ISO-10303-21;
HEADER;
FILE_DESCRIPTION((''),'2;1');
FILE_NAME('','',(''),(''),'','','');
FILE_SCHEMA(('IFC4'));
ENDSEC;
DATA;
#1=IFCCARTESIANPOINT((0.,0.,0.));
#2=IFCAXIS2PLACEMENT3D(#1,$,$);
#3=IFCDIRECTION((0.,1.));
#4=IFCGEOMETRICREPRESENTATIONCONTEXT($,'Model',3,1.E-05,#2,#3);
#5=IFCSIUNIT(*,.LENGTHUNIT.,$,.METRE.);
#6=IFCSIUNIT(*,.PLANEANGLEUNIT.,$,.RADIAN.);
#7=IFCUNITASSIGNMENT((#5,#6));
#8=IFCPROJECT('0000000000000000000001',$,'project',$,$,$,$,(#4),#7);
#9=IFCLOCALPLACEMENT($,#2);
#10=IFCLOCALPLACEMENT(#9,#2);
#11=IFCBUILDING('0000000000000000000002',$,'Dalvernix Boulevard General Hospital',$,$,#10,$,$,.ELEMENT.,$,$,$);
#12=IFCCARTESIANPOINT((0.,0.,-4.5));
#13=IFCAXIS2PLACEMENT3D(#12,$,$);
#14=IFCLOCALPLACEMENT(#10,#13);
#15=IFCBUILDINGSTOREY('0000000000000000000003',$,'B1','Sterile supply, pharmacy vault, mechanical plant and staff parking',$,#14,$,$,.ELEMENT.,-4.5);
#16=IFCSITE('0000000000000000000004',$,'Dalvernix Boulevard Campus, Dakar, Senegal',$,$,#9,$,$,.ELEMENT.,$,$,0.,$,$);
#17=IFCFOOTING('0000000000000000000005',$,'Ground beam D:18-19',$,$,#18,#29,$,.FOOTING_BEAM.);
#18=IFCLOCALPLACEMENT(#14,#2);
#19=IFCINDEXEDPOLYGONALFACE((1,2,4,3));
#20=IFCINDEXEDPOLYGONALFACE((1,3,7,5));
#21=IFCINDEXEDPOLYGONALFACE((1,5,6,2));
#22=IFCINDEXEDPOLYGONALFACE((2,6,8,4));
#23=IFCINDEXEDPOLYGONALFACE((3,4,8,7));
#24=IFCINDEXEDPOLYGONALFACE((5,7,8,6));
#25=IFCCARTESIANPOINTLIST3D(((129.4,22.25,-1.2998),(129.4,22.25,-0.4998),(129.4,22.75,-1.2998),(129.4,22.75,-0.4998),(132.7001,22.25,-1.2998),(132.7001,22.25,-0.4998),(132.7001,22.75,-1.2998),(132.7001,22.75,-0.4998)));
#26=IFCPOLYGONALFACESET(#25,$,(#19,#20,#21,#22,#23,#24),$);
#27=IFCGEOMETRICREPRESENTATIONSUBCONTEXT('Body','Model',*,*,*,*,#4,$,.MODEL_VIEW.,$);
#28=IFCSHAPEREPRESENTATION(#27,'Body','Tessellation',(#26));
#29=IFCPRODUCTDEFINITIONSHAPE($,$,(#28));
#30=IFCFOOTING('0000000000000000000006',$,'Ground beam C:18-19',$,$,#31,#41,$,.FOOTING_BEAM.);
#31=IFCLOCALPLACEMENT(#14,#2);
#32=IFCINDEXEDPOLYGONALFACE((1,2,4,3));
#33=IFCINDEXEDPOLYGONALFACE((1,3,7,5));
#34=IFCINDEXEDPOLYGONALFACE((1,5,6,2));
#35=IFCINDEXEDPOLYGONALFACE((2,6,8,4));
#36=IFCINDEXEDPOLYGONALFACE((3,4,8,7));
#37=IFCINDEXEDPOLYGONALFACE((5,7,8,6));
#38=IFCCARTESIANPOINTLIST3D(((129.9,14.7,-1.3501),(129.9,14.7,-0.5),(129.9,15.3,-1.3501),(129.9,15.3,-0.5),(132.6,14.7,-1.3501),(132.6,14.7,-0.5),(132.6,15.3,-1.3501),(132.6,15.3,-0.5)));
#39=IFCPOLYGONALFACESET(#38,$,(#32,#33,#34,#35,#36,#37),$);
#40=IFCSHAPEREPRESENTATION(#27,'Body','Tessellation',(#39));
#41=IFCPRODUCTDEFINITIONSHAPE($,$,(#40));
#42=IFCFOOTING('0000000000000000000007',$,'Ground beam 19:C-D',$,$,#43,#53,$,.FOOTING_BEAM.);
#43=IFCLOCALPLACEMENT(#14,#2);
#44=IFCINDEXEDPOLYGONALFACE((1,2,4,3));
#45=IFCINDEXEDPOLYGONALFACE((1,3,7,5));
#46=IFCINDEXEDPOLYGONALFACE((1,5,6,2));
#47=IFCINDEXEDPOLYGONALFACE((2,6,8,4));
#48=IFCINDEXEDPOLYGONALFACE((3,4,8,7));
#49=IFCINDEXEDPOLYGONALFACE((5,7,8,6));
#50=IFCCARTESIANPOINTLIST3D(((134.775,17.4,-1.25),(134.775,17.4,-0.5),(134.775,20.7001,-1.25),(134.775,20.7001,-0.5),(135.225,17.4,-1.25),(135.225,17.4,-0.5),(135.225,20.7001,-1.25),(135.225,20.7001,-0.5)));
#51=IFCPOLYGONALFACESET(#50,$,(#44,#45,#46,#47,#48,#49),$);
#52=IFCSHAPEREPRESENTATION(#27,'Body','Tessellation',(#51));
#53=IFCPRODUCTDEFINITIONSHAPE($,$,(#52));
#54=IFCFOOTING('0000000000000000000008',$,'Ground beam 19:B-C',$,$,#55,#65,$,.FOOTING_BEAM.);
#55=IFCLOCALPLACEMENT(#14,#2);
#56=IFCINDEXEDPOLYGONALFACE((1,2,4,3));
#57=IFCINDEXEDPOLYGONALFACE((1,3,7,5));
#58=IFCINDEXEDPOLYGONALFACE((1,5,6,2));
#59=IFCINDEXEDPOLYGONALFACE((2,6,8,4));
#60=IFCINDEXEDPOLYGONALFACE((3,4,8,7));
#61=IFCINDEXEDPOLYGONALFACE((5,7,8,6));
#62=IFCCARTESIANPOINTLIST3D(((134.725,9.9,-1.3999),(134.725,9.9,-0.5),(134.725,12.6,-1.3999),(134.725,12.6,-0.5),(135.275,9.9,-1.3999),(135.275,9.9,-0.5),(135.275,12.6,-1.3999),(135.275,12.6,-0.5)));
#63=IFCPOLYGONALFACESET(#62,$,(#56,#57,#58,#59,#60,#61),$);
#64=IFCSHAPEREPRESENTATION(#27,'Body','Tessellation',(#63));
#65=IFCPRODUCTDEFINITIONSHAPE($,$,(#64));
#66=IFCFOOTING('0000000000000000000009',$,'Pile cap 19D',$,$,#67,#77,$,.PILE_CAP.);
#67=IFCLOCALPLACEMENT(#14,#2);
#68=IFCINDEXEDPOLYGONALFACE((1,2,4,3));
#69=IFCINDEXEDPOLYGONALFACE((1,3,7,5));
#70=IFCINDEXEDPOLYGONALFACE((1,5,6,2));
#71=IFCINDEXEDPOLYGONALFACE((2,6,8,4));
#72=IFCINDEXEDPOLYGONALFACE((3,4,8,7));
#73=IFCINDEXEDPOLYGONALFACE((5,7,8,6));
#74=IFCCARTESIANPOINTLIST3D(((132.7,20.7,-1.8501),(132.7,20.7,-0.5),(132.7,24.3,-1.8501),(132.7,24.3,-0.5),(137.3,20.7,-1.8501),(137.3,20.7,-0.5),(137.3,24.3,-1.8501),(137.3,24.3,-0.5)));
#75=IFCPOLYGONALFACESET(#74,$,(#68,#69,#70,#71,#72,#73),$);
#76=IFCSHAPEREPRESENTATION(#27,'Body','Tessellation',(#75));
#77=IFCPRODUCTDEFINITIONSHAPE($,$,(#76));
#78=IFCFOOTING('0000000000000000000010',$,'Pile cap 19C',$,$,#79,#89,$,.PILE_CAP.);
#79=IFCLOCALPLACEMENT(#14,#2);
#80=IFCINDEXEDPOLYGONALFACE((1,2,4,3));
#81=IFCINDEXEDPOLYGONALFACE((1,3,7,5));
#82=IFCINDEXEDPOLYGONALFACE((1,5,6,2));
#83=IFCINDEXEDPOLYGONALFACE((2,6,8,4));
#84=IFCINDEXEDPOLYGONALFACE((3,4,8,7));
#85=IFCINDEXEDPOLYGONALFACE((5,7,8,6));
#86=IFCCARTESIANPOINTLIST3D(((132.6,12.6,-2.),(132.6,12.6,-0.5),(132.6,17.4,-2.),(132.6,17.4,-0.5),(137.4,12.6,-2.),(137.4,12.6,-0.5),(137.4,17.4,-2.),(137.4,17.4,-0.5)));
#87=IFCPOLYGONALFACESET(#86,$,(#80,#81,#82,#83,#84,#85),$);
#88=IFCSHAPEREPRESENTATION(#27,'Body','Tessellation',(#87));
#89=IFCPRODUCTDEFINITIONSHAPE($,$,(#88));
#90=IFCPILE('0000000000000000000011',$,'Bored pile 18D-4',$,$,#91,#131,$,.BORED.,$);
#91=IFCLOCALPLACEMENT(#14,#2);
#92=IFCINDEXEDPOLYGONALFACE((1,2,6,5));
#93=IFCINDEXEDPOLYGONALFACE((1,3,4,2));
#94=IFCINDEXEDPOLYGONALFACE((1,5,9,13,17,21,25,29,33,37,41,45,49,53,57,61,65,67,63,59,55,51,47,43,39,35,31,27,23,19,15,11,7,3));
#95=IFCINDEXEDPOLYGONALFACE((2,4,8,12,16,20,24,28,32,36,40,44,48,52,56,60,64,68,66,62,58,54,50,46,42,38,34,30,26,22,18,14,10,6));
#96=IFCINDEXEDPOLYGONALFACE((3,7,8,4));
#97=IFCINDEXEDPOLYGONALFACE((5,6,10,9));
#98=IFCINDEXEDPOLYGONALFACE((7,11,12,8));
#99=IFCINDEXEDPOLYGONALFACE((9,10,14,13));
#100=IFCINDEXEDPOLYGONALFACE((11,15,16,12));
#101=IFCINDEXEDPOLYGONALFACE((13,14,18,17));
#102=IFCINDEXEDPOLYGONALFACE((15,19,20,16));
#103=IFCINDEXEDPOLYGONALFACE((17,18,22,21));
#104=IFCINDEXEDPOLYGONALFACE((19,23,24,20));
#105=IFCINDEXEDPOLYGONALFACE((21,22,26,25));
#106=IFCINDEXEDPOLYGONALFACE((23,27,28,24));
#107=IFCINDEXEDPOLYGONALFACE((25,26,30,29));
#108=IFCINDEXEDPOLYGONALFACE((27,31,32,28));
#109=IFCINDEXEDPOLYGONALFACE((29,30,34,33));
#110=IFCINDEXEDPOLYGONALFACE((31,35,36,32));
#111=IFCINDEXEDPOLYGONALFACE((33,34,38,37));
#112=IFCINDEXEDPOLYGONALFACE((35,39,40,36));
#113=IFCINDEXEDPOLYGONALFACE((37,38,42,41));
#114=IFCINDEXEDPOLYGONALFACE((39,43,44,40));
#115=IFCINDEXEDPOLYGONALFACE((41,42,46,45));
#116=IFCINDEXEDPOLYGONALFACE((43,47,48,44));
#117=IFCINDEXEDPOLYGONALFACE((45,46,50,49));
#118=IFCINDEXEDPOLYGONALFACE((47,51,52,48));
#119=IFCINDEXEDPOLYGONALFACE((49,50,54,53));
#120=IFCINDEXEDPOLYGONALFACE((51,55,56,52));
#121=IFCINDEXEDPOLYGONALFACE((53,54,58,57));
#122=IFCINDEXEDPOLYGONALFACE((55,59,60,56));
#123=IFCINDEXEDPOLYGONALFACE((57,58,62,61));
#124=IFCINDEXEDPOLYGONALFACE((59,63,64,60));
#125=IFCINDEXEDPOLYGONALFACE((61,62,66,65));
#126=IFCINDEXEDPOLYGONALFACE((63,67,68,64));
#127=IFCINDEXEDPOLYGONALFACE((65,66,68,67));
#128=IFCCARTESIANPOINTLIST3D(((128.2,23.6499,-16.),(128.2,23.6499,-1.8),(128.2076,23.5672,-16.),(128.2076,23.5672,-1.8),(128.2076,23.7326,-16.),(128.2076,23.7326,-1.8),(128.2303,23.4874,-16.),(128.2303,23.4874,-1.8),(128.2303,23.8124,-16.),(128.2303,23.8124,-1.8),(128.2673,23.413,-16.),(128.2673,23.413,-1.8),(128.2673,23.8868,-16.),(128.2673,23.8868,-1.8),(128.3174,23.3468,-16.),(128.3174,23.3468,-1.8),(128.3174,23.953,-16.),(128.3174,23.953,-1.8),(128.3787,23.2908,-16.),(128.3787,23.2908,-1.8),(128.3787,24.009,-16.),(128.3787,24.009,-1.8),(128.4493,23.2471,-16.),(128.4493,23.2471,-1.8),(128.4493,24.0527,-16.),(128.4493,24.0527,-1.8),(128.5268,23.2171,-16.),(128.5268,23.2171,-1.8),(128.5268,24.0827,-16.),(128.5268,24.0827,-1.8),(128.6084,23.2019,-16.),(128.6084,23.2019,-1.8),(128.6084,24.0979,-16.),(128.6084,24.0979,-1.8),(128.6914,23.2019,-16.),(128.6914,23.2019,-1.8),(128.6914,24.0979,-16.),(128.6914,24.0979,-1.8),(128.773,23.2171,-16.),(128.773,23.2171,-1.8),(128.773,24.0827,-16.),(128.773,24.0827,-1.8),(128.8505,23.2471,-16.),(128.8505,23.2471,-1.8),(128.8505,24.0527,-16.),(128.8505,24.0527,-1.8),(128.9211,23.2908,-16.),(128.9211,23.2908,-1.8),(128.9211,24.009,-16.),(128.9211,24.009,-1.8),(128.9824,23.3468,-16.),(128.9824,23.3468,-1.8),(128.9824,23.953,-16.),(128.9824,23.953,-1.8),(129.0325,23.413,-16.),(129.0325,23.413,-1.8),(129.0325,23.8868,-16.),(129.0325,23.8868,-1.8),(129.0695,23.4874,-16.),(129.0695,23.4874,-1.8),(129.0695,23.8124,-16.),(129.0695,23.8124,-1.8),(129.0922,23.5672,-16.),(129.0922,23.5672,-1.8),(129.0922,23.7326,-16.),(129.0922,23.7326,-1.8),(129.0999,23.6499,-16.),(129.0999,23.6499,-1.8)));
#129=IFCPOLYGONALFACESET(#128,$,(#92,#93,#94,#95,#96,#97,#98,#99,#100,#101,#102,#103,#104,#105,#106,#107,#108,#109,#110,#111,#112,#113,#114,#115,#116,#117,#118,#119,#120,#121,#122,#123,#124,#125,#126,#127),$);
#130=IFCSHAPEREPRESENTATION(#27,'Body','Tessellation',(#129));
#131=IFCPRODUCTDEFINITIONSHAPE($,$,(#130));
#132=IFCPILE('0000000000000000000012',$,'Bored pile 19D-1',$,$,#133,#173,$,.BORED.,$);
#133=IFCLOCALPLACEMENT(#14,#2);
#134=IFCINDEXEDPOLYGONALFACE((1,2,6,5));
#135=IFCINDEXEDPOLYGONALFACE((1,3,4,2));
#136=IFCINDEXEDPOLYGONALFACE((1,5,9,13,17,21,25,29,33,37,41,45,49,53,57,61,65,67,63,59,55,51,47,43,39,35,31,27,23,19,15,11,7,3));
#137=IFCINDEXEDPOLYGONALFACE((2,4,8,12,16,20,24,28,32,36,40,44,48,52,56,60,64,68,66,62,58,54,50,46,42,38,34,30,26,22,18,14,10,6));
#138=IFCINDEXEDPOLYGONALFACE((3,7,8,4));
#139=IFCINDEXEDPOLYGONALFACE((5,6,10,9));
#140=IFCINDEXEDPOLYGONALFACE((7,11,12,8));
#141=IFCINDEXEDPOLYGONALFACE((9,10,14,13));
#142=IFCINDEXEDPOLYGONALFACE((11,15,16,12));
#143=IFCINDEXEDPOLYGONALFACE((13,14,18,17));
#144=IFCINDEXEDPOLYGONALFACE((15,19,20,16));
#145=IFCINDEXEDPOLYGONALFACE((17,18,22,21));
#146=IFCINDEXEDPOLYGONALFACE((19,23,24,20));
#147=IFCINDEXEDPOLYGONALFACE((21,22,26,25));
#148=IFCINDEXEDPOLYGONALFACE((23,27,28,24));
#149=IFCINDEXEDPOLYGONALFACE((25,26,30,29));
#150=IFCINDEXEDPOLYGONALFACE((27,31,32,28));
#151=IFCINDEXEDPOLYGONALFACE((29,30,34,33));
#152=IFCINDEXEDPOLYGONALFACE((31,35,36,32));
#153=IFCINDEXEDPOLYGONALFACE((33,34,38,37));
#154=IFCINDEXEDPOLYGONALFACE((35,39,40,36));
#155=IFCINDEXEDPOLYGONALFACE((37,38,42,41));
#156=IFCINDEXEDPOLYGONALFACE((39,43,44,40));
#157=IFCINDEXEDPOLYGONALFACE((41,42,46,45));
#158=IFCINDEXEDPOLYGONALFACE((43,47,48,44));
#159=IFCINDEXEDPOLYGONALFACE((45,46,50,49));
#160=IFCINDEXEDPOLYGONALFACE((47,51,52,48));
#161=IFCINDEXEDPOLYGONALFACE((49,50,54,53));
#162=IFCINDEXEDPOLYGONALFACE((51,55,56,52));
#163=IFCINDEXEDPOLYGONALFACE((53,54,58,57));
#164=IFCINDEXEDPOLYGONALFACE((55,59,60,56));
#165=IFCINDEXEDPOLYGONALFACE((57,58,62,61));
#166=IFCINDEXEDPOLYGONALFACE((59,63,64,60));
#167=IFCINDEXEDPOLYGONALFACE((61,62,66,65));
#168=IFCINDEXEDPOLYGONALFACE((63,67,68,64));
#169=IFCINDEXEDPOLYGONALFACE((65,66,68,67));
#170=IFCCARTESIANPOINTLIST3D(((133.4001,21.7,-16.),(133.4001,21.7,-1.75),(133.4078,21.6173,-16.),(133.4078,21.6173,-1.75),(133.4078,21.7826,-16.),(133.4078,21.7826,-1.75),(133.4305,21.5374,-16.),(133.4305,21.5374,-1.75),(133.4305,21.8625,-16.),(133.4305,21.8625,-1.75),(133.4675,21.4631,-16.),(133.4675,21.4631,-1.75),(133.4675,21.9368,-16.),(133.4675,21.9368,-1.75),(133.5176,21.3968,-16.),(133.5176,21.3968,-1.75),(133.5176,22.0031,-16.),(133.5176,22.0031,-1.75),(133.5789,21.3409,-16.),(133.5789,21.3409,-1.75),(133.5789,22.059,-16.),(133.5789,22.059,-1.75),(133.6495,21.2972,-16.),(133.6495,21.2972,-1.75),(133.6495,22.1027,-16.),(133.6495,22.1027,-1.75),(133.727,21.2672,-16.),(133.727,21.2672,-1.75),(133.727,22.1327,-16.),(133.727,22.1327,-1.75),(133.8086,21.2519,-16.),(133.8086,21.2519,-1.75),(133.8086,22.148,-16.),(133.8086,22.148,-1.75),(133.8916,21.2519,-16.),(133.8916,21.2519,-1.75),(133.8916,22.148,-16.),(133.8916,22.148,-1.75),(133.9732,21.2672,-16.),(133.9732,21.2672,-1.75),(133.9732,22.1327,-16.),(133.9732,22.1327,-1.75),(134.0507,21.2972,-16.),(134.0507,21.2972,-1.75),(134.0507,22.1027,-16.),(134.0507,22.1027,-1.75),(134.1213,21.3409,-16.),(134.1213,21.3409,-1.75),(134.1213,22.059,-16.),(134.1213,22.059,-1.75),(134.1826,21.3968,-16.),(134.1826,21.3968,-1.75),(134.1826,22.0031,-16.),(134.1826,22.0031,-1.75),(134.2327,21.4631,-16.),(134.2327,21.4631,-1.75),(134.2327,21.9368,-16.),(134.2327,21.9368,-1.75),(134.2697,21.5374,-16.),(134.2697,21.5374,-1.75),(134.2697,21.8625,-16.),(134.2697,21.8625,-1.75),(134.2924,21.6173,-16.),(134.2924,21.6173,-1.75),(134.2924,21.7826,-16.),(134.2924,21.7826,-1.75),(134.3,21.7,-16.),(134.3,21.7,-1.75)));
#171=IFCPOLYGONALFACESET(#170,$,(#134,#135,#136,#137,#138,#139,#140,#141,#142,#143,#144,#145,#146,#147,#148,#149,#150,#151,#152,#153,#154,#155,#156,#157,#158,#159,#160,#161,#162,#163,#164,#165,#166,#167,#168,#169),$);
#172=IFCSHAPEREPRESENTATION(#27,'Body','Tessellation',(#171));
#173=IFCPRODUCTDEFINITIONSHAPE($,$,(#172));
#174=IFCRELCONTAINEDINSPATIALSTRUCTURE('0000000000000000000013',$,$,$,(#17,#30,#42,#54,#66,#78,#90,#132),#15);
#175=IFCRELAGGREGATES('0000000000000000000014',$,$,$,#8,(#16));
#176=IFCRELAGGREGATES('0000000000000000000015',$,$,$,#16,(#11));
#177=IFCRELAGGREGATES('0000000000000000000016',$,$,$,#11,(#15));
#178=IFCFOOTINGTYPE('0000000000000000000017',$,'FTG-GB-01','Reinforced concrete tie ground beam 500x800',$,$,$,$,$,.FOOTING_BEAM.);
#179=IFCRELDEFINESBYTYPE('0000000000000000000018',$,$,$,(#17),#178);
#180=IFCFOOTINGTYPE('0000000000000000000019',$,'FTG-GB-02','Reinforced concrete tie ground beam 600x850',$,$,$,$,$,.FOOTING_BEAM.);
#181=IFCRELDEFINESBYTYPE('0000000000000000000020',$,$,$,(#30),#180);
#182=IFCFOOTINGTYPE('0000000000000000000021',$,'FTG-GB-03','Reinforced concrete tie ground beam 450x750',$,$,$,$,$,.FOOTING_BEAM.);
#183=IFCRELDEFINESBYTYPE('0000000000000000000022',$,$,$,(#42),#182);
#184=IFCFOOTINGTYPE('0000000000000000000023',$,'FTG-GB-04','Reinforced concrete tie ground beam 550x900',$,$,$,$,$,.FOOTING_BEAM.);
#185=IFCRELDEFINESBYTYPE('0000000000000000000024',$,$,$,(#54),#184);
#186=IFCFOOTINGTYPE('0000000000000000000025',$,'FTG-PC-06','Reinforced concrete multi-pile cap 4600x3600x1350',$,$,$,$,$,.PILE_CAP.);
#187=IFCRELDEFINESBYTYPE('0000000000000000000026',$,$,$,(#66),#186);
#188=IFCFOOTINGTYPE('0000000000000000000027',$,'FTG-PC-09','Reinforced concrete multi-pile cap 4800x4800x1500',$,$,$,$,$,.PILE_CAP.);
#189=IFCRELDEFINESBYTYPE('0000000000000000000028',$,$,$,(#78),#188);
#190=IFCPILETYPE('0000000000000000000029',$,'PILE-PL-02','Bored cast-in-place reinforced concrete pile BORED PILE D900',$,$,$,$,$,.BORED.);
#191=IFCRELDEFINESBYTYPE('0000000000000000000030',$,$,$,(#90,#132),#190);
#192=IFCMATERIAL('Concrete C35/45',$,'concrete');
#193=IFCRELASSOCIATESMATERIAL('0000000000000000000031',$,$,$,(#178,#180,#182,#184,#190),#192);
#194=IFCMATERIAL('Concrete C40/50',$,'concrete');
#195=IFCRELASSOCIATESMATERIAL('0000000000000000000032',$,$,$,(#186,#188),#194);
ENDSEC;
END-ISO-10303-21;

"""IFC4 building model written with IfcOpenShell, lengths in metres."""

from ifc_helpers import new_model, si_unit, direction, frame, origin, origin_2d, place, context, subcontext, project, spatial, rectangle, circle, extrude, material, material_profile, profile_set, type_object, element, save


model = new_model("IFC4")

# Units and contexts
model_context = context("Model", 3, precision=1e-05, world=origin(), true_north=direction((0.0, 1.0)))
body_context = subcontext(model_context, "Body", "Model", "MODEL_VIEW")
ifc_project = project(units=[si_unit("LENGTHUNIT", "METRE"), si_unit("PLANEANGLEUNIT", "RADIAN")], contexts=[model_context])

# Site, building, storey
site_placement = place(None, origin())
site = spatial("IfcSite", under=ifc_project, at=site_placement, Name="Dalvernix Boulevard Campus, Dakar, Senegal", CompositionType="ELEMENT", RefElevation=0.0)
building_placement = place(site_placement, origin())
building = spatial("IfcBuilding", under=site, at=building_placement, Name="Dalvernix Boulevard General Hospital", CompositionType="ELEMENT")
storey_placement = place(building_placement, frame((0.0, 0.0, -4.5)))
storey = spatial("IfcBuildingStorey", under=building, at=storey_placement, Name="B1", Description="Sterile supply, pharmacy vault, mechanical plant and staff parking", CompositionType="ELEMENT", Elevation=-4.5)

# Footings
ifc_material_1 = material(Name="Concrete C35/45", Category="concrete")
footing_type_1 = type_object("IfcFootingType", Name="FTG-GB-01", Description="Reinforced concrete tie ground beam 500x800", PredefinedType="FOOTING_BEAM", material=ifc_material_1)
footing_1_placement = place(storey_placement, frame((131.05, 22.5, -1.2998), z_axis=(0.0, 0.0, 1.0), x_axis=(1.0, 0.0, 0.0)))
element("IfcFooting", 1, at=footing_1_placement, inside=storey, type_object=footing_type_1, Name="Ground beam D:18-19", PredefinedType="FOOTING_BEAM", context=body_context, shape_type="SweptSolid", body=[
    extrude(rectangle(XDim=3.3, YDim=0.5, at=origin_2d()), origin(), (0.0, 0.0, 1.0), 0.8),
])
footing_type_2 = type_object("IfcFootingType", Name="FTG-GB-02", Description="Reinforced concrete tie ground beam 600x850", PredefinedType="FOOTING_BEAM", material=ifc_material_1)
footing_2_placement = place(storey_placement, frame((131.25, 15.0, -1.3501), z_axis=(0.0, 0.0, 1.0), x_axis=(1.0, 0.0, 0.0)))
element("IfcFooting", 2, at=footing_2_placement, inside=storey, type_object=footing_type_2, Name="Ground beam C:18-19", PredefinedType="FOOTING_BEAM", context=body_context, shape_type="SweptSolid", body=[
    extrude(rectangle(XDim=2.7, YDim=0.6001, at=origin_2d()), origin(), (0.0, 0.0, 1.0), 0.8501),
])
footing_type_3 = type_object("IfcFootingType", Name="FTG-GB-03", Description="Reinforced concrete tie ground beam 450x750", PredefinedType="FOOTING_BEAM", material=ifc_material_1)
footing_3_placement = place(storey_placement, frame((135.0, 19.05, -1.25), z_axis=(0.0, 0.0, 1.0), x_axis=(0.0, 1.0, 0.0)))
element("IfcFooting", 3, at=footing_3_placement, inside=storey, type_object=footing_type_3, Name="Ground beam 19:C-D", PredefinedType="FOOTING_BEAM", context=body_context, shape_type="SweptSolid", body=[
    extrude(rectangle(XDim=3.3, YDim=0.45, at=origin_2d()), origin(), (0.0, 0.0, 1.0), 0.75),
])
footing_type_4 = type_object("IfcFootingType", Name="FTG-GB-04", Description="Reinforced concrete tie ground beam 550x900", PredefinedType="FOOTING_BEAM", material=ifc_material_1)
footing_4_placement = place(storey_placement, frame((135.0, 11.25, -1.3999), z_axis=(0.0, 0.0, 1.0), x_axis=(0.0, 1.0, 0.0)))
element("IfcFooting", 4, at=footing_4_placement, inside=storey, type_object=footing_type_4, Name="Ground beam 19:B-C", PredefinedType="FOOTING_BEAM", context=body_context, shape_type="SweptSolid", body=[
    extrude(rectangle(XDim=2.7, YDim=0.55, at=origin_2d()), origin(), (0.0, 0.0, 1.0), 0.8999),
])
ifc_material_2 = material(Name="Concrete C40/50", Category="concrete")
footing_type_5 = type_object("IfcFootingType", Name="FTG-PC-06", Description="Reinforced concrete multi-pile cap 4600x3600x1350", PredefinedType="PILE_CAP", material=ifc_material_2)
footing_5_placement = place(storey_placement, frame((135.0, 22.5, -1.8501), z_axis=(0.0, 0.0, 1.0), x_axis=(1.0, 0.0, 0.0)))
element("IfcFooting", 5, at=footing_5_placement, inside=storey, type_object=footing_type_5, Name="Pile cap 19D", PredefinedType="PILE_CAP", context=body_context, shape_type="SweptSolid", body=[
    extrude(rectangle(XDim=4.6001, YDim=3.6001, at=origin_2d()), origin(), (0.0, 0.0, 1.0), 1.3501),
])
footing_type_6 = type_object("IfcFootingType", Name="FTG-PC-09", Description="Reinforced concrete multi-pile cap 4800x4800x1500", PredefinedType="PILE_CAP", material=ifc_material_2)
footing_6_placement = place(storey_placement, frame((135.0, 15.0, -2.0), z_axis=(0.0, 0.0, 1.0), x_axis=(1.0, 0.0, 0.0)))
element("IfcFooting", 6, at=footing_6_placement, inside=storey, type_object=footing_type_6, Name="Pile cap 19C", PredefinedType="PILE_CAP", context=body_context, shape_type="SweptSolid", body=[
    extrude(rectangle(XDim=4.8, YDim=4.8, at=origin_2d()), origin(), (0.0, 0.0, 1.0), 1.5),
])

# Piles
ifc_material_profile_1 = material_profile(ifc_material_1, circle(Radius=0.45, at=origin_2d()), Name="BORED PILE D900")
ifc_profile_set_1 = profile_set([ifc_material_profile_1], Name="Concrete C35/45")
pile_type_1 = type_object("IfcPileType", Name="PILE-PL-02", Description="Bored cast-in-place reinforced concrete pile BORED PILE D900", PredefinedType="BORED", material=ifc_profile_set_1)
pile_placement = place(storey_placement, frame((128.6499, 23.6499, -1.8), z_axis=(0.0, 0.0, -1.0), x_axis=(1.0, 0.0, 0.0)))
element("IfcPile", 7, at=pile_placement, inside=storey, type_object=pile_type_1, Name="Bored pile 18D-4", PredefinedType="BORED", context=body_context, shape_type="SweptSolid", body=[
    extrude(circle(Radius=0.45, at=origin_2d()), origin(), (0.0, 0.0, 1.0), 14.2),
])
for number, where, z_axis, x_axis, name in (
    (8, (133.8501, 21.7, -1.75), (0.0, 0.0, -1.0), (1.0, 0.0, 0.0), "Bored pile 19D-1"),
):
    element("IfcPile", number, at=place(storey_placement, frame(where, z_axis=z_axis, x_axis=x_axis)), inside=storey, type_object=pile_type_1, Name=name, PredefinedType="BORED", context=body_context, shape_type="SweptSolid", body=[
        extrude(circle(Radius=0.45, at=origin_2d()), origin(), (0.0, 0.0, 1.0), 14.25),
    ])

save(model, "model.ifc")
